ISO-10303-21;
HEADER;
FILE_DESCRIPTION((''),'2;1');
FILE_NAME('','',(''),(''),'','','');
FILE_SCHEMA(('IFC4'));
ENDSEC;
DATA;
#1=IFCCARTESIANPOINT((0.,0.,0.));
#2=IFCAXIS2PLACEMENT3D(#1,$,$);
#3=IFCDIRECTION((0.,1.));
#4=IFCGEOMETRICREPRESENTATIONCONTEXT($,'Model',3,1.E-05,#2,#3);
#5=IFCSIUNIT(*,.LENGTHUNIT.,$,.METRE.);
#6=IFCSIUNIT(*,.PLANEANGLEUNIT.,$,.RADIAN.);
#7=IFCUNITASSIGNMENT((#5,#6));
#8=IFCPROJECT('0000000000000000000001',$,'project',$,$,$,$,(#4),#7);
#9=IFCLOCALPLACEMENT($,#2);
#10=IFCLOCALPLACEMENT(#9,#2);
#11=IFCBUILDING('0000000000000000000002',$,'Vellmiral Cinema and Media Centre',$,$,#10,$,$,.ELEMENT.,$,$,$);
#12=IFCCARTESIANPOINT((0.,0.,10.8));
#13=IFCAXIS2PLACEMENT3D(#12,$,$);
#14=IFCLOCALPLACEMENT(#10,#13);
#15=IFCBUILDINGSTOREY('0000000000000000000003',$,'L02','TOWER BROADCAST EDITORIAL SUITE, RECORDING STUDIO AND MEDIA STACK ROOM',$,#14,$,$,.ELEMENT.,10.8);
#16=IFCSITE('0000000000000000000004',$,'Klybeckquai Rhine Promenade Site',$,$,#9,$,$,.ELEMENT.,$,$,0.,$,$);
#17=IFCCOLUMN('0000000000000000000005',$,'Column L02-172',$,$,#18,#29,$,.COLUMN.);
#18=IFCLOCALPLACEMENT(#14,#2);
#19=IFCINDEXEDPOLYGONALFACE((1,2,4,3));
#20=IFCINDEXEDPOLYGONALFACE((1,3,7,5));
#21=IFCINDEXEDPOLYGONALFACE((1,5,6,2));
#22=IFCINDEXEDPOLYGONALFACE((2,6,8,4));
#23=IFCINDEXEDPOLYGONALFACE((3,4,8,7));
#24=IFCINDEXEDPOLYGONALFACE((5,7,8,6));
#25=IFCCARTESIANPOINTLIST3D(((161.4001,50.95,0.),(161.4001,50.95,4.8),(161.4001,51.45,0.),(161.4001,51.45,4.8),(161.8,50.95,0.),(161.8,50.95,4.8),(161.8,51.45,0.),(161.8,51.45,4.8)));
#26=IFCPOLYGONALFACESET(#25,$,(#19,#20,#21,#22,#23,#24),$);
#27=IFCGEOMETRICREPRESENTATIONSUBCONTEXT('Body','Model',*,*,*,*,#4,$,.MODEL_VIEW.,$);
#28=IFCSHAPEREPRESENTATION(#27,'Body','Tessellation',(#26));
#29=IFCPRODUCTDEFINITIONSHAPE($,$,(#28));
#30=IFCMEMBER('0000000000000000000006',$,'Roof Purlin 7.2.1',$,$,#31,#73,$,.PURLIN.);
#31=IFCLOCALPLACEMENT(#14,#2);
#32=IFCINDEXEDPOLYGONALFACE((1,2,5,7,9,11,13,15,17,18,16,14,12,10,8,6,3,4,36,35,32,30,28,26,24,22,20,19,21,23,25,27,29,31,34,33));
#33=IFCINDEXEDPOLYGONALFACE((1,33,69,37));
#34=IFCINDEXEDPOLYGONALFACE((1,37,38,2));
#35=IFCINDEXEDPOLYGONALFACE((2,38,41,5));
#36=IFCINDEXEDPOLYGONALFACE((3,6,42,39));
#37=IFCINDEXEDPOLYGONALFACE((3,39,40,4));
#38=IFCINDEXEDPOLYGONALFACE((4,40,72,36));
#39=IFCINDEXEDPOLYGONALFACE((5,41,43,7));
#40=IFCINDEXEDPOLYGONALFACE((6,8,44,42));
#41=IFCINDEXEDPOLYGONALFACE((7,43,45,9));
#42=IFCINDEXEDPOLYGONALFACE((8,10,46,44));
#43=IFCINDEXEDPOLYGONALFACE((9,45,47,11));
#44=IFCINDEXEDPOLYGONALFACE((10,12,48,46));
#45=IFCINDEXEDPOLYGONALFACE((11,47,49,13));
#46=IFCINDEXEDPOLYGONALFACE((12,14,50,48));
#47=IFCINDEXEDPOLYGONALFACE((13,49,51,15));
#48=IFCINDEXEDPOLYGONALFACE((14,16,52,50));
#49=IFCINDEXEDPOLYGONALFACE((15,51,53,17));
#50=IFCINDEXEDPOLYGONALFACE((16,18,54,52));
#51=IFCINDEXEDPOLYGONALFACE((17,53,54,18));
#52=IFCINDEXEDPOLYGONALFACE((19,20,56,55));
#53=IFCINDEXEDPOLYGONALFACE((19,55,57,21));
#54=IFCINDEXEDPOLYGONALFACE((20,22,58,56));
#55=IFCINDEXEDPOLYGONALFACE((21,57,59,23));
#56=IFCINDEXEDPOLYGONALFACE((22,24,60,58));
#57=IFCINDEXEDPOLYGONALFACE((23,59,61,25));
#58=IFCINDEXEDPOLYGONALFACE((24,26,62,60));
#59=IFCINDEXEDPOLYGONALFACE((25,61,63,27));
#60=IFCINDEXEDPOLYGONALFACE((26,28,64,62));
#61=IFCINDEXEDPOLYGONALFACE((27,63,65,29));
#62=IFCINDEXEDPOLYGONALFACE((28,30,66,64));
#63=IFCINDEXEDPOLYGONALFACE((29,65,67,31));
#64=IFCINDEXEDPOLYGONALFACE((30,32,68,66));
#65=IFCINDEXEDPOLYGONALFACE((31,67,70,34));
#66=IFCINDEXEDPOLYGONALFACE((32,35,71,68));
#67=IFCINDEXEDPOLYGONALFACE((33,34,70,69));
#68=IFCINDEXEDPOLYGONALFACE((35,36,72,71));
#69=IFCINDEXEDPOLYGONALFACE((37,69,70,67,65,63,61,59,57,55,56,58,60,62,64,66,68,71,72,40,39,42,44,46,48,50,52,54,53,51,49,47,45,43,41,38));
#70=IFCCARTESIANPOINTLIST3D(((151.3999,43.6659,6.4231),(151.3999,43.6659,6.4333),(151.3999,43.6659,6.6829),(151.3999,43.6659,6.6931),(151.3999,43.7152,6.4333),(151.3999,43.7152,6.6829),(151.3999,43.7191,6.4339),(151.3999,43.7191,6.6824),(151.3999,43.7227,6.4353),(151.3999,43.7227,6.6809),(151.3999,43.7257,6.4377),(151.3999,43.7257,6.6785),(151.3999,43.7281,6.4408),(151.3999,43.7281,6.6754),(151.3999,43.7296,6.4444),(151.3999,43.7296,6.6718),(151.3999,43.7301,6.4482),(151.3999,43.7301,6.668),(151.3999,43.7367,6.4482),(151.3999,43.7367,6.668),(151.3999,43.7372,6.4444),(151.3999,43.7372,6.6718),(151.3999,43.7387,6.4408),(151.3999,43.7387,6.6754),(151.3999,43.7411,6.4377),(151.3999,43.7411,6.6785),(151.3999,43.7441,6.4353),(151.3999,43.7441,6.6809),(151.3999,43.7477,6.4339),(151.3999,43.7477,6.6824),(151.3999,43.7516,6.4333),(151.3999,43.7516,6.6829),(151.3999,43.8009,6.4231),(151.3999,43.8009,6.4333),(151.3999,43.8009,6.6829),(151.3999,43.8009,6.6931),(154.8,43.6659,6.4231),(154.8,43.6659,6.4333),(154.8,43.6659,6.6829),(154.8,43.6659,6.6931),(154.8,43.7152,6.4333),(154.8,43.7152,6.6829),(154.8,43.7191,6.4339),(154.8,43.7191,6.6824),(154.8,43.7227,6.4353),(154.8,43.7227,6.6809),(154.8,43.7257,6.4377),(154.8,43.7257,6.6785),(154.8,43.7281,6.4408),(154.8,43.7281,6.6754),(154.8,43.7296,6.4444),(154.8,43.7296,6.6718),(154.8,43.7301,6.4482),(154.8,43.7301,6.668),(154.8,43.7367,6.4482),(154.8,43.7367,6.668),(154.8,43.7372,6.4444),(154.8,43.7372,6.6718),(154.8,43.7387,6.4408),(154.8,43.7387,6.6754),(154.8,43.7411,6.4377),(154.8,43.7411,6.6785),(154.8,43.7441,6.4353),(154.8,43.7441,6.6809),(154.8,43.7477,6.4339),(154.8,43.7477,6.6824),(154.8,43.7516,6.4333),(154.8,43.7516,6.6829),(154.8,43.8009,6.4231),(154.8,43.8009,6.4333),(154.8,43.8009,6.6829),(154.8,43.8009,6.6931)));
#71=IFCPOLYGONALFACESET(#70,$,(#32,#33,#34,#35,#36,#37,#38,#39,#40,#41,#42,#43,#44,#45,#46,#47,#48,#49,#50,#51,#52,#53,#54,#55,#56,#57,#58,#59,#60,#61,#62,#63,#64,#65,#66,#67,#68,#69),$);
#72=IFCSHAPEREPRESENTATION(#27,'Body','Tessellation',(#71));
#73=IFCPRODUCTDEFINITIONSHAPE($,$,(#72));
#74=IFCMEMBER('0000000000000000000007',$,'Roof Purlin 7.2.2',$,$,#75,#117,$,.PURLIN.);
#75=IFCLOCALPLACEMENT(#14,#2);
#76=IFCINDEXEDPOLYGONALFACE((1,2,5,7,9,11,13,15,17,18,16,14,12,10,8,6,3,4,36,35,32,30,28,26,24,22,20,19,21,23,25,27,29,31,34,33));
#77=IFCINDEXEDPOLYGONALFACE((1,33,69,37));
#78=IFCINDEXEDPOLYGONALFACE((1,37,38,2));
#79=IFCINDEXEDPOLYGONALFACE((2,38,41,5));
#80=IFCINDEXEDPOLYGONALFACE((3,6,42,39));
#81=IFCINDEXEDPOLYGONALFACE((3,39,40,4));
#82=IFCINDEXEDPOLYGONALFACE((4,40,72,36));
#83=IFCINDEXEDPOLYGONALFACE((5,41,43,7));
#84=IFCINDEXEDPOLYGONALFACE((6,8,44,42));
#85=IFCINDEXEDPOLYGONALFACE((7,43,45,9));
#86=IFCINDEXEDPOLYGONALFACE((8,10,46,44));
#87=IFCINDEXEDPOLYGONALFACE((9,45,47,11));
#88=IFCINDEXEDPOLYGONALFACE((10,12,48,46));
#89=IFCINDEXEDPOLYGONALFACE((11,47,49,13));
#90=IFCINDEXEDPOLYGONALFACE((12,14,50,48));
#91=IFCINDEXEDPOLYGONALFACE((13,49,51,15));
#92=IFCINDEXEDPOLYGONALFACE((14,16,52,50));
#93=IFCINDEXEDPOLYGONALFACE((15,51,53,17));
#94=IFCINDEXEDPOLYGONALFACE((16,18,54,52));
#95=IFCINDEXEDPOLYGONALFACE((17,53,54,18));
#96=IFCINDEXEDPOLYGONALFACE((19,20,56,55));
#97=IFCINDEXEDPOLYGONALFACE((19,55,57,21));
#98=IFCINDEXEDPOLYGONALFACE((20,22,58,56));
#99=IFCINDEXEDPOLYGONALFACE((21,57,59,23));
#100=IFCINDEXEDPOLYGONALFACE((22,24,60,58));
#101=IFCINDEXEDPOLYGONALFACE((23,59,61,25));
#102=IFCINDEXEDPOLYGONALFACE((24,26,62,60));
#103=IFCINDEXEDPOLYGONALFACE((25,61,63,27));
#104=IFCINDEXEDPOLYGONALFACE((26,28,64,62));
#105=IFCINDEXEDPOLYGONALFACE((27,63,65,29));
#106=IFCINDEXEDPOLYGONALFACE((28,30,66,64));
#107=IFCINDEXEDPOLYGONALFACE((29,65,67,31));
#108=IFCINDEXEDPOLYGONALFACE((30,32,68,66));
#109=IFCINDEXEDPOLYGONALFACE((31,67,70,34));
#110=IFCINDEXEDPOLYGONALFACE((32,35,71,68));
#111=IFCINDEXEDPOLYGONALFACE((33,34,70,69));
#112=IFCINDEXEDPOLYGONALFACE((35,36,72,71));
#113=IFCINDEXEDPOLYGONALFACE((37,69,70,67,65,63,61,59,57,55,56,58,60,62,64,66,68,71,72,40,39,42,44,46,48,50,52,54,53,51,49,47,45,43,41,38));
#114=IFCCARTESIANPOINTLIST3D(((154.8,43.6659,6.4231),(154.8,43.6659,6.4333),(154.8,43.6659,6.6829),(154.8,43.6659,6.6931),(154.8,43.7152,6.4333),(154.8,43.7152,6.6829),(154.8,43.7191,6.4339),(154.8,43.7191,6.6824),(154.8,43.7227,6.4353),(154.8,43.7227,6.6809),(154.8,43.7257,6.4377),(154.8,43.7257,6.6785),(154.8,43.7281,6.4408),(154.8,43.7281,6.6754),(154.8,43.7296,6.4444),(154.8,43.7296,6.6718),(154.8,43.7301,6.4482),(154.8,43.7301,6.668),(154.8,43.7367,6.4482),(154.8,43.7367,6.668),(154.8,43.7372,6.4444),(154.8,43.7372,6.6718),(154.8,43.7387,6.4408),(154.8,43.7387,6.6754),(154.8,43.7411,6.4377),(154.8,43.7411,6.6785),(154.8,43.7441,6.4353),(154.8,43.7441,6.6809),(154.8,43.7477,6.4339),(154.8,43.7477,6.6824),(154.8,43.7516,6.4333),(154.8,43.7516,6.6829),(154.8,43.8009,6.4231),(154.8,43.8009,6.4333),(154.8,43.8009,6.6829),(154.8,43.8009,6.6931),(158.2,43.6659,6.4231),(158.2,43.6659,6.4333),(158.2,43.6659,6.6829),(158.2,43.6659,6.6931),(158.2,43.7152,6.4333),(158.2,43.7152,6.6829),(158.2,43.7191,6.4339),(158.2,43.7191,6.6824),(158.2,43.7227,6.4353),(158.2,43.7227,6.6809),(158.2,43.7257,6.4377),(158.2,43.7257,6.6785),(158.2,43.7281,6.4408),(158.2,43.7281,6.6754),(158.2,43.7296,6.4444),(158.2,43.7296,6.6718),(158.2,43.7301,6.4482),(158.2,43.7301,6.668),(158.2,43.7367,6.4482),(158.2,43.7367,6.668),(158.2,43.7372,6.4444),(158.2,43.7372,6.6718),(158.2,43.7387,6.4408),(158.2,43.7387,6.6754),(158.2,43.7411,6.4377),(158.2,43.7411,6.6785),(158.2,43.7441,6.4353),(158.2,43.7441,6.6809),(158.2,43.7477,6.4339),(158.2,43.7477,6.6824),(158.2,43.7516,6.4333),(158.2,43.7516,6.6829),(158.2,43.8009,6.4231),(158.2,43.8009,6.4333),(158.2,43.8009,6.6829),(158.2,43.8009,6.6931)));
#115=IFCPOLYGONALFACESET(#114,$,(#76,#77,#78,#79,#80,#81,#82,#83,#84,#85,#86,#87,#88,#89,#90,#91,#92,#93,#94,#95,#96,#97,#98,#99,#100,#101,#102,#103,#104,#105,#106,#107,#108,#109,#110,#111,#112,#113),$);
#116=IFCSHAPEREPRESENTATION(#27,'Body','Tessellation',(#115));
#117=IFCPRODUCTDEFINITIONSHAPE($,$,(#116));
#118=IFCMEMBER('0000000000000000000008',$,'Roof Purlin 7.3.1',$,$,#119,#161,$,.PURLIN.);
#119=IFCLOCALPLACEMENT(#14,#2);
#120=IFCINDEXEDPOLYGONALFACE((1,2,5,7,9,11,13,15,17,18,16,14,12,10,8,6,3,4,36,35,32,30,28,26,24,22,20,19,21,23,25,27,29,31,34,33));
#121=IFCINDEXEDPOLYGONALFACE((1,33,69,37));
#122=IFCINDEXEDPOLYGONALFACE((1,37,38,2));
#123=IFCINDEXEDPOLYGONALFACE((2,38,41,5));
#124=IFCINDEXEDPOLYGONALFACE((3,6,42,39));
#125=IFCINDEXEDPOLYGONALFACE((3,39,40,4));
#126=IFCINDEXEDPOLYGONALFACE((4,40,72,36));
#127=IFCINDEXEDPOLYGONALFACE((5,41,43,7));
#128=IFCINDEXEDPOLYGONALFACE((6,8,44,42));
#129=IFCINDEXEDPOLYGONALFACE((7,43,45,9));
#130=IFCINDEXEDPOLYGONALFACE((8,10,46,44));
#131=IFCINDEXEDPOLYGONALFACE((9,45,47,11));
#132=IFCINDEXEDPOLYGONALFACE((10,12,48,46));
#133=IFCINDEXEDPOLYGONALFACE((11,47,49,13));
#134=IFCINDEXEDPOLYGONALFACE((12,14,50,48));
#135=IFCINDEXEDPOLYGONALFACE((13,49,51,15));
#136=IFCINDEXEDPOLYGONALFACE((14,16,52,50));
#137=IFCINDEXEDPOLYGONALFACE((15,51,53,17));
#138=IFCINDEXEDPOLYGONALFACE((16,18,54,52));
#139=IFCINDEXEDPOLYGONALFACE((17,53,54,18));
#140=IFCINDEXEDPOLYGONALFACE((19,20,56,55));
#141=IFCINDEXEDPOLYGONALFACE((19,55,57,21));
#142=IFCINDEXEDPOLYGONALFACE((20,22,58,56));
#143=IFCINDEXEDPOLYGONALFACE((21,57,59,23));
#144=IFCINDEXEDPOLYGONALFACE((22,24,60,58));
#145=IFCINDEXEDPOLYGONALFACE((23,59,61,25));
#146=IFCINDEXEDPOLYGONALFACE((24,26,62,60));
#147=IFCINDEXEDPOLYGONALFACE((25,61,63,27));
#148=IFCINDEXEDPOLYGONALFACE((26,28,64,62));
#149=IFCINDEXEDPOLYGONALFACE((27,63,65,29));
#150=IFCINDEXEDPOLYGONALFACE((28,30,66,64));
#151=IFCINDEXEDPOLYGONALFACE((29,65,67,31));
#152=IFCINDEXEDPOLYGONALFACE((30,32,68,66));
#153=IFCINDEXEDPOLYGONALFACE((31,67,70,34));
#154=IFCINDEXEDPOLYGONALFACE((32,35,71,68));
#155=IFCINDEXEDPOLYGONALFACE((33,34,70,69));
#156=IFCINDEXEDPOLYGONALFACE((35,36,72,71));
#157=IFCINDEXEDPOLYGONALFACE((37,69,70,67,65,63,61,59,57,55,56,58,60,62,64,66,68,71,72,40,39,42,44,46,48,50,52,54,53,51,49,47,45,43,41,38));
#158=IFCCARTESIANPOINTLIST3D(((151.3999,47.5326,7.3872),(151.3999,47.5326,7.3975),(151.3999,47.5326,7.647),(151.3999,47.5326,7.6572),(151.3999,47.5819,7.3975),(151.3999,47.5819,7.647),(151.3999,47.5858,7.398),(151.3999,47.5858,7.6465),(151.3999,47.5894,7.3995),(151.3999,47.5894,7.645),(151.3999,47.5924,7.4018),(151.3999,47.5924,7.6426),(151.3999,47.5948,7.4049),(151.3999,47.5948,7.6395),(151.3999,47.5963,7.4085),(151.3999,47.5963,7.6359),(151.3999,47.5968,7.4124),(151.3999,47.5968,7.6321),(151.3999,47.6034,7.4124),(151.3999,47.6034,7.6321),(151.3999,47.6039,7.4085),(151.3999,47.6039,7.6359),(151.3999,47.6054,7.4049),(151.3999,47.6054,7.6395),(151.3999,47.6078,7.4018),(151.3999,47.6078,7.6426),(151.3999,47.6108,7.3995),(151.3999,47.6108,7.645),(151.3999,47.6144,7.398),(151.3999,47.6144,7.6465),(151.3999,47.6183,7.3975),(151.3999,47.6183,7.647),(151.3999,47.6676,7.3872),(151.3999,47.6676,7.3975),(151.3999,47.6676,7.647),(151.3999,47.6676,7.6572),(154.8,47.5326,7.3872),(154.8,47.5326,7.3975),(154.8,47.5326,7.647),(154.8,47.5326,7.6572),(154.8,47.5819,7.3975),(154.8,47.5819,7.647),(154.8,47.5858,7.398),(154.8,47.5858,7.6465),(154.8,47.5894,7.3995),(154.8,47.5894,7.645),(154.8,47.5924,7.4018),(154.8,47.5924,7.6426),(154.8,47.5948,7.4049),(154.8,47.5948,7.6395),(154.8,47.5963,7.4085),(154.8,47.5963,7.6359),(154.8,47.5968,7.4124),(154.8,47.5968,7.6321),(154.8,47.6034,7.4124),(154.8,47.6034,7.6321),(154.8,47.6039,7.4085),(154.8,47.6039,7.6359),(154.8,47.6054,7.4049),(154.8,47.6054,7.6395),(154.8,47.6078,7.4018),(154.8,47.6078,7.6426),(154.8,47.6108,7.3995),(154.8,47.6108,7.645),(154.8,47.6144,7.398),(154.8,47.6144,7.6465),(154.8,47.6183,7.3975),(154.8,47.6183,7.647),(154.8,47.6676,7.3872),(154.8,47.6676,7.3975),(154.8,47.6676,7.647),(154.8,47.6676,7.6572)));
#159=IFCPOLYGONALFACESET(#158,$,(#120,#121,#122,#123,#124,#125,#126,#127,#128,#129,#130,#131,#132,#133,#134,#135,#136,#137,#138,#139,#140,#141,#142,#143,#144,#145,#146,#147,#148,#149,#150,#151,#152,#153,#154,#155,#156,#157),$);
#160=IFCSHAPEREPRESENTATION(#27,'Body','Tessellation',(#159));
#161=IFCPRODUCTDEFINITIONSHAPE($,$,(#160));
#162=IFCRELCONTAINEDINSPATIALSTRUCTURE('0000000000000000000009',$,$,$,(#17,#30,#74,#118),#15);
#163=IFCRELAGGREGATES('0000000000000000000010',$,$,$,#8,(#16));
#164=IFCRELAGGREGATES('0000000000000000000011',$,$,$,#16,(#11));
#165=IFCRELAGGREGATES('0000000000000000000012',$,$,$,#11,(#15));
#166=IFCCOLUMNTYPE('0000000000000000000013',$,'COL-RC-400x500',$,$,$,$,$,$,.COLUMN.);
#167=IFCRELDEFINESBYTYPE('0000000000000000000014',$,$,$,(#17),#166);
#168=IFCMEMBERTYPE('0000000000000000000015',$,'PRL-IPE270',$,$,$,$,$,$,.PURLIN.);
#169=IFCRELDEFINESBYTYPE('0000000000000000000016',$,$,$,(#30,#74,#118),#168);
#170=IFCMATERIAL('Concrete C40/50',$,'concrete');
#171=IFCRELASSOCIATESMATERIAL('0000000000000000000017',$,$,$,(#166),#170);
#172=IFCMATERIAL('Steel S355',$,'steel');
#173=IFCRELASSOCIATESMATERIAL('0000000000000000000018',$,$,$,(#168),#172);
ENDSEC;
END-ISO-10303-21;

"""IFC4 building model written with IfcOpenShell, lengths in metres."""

from ifc_helpers import new_model, si_unit, direction, frame, origin, origin_2d, place, context, subcontext, project, spatial, rectangle, i_section, extrude, material, material_profile, profile_set, type_object, element, save


model = new_model("IFC4")

# Units and contexts
model_context = context("Model", 3, precision=1e-05, world=origin(), true_north=direction((0.0, 1.0)))
body_context = subcontext(model_context, "Body", "Model", "MODEL_VIEW")
ifc_project = project(units=[si_unit("LENGTHUNIT", "METRE"), si_unit("PLANEANGLEUNIT", "RADIAN")], contexts=[model_context])

# Site, building, storey
site_placement = place(None, origin())
site = spatial("IfcSite", under=ifc_project, at=site_placement, Name="Klybeckquai Rhine Promenade Site", CompositionType="ELEMENT", RefElevation=0.0)
building_placement = place(site_placement, origin())
building = spatial("IfcBuilding", under=site, at=building_placement, Name="Vellmiral Cinema and Media Centre", CompositionType="ELEMENT")
storey_placement = place(building_placement, frame((0.0, 0.0, 10.8)))
storey = spatial("IfcBuildingStorey", under=building, at=storey_placement, Name="L02", Description="TOWER BROADCAST EDITORIAL SUITE, RECORDING STUDIO AND MEDIA STACK ROOM", CompositionType="ELEMENT", Elevation=10.8)

# Column
ifc_material_1 = material(Name="Concrete C40/50", Category="concrete")
ifc_material_profile_1 = material_profile(ifc_material_1, rectangle(XDim=0.3999, YDim=0.5, at=origin_2d()), Name="RC 400x500")
ifc_profile_set_1 = profile_set([ifc_material_profile_1], Name="Concrete C40/50")
column_type = type_object("IfcColumnType", Name="COL-RC-400x500", PredefinedType="COLUMN", material=ifc_profile_set_1)
column_placement = place(storey_placement, frame((161.6001, 51.2, 0.0), z_axis=(0.0, 0.0, 1.0), x_axis=(1.0, 0.0, 0.0)))
element("IfcColumn", 1, at=column_placement, inside=storey, type_object=column_type, Name="Column L02-172", PredefinedType="COLUMN", context=body_context, shape_type="SweptSolid", body=[
    extrude(rectangle(XDim=0.3999, YDim=0.5, at=origin_2d()), origin(), (0.0, 0.0, 1.0), 4.8),
])

# Members
ifc_material_2 = material(Name="Steel S355", Category="steel")
ifc_material_profile_2 = material_profile(ifc_material_2, i_section(OverallWidth=0.135, OverallDepth=0.27, WebThickness=0.0066, FlangeThickness=0.0103, FilletRadius=0.0149, at=origin_2d()), Name="IPE 270")
ifc_profile_set_2 = profile_set([ifc_material_profile_2], Name="Steel S355")
member_type_1 = type_object("IfcMemberType", Name="PRL-IPE270", PredefinedType="PURLIN", material=ifc_profile_set_2)
member_1_placement = place(storey_placement, frame((151.3999, 43.7334, 6.5581), z_axis=(1.0, 0.0, 0.0), x_axis=(0.0, 1.0, 0.0)))
element("IfcMember", 2, at=member_1_placement, inside=storey, type_object=member_type_1, Name="Roof Purlin 7.2.1", PredefinedType="PURLIN", context=body_context, shape_type="SweptSolid", body=[
    extrude(i_section(OverallWidth=0.135, OverallDepth=0.27, WebThickness=0.0066, FlangeThickness=0.0103, FilletRadius=0.0149, at=origin_2d()), origin(), (0.0, 0.0, 1.0), 3.4001),
])
member_2_placement = place(storey_placement, frame((154.8, 43.7334, 6.5581), z_axis=(1.0, 0.0, 0.0), x_axis=(0.0, 1.0, 0.0)))
element("IfcMember", 3, at=member_2_placement, inside=storey, type_object=member_type_1, Name="Roof Purlin 7.2.2", PredefinedType="PURLIN", context=body_context, shape_type="SweptSolid", body=[
    extrude(i_section(OverallWidth=0.135, OverallDepth=0.27, WebThickness=0.0066, FlangeThickness=0.0103, FilletRadius=0.0149, at=origin_2d()), origin(), (0.0, 0.0, 1.0), 3.3999),
])
member_3_placement = place(storey_placement, frame((151.3999, 47.6001, 7.5222), z_axis=(1.0, 0.0, 0.0), x_axis=(0.0, 1.0, 0.0)))
element("IfcMember", 4, at=member_3_placement, inside=storey, type_object=member_type_1, Name="Roof Purlin 7.3.1", PredefinedType="PURLIN", context=body_context, shape_type="SweptSolid", body=[
    extrude(i_section(OverallWidth=0.135, OverallDepth=0.27, WebThickness=0.0066, FlangeThickness=0.0103, FilletRadius=0.0149, at=origin_2d()), origin(), (0.0, 0.0, 1.0), 3.4001),
])

save(model, "model.ifc")
